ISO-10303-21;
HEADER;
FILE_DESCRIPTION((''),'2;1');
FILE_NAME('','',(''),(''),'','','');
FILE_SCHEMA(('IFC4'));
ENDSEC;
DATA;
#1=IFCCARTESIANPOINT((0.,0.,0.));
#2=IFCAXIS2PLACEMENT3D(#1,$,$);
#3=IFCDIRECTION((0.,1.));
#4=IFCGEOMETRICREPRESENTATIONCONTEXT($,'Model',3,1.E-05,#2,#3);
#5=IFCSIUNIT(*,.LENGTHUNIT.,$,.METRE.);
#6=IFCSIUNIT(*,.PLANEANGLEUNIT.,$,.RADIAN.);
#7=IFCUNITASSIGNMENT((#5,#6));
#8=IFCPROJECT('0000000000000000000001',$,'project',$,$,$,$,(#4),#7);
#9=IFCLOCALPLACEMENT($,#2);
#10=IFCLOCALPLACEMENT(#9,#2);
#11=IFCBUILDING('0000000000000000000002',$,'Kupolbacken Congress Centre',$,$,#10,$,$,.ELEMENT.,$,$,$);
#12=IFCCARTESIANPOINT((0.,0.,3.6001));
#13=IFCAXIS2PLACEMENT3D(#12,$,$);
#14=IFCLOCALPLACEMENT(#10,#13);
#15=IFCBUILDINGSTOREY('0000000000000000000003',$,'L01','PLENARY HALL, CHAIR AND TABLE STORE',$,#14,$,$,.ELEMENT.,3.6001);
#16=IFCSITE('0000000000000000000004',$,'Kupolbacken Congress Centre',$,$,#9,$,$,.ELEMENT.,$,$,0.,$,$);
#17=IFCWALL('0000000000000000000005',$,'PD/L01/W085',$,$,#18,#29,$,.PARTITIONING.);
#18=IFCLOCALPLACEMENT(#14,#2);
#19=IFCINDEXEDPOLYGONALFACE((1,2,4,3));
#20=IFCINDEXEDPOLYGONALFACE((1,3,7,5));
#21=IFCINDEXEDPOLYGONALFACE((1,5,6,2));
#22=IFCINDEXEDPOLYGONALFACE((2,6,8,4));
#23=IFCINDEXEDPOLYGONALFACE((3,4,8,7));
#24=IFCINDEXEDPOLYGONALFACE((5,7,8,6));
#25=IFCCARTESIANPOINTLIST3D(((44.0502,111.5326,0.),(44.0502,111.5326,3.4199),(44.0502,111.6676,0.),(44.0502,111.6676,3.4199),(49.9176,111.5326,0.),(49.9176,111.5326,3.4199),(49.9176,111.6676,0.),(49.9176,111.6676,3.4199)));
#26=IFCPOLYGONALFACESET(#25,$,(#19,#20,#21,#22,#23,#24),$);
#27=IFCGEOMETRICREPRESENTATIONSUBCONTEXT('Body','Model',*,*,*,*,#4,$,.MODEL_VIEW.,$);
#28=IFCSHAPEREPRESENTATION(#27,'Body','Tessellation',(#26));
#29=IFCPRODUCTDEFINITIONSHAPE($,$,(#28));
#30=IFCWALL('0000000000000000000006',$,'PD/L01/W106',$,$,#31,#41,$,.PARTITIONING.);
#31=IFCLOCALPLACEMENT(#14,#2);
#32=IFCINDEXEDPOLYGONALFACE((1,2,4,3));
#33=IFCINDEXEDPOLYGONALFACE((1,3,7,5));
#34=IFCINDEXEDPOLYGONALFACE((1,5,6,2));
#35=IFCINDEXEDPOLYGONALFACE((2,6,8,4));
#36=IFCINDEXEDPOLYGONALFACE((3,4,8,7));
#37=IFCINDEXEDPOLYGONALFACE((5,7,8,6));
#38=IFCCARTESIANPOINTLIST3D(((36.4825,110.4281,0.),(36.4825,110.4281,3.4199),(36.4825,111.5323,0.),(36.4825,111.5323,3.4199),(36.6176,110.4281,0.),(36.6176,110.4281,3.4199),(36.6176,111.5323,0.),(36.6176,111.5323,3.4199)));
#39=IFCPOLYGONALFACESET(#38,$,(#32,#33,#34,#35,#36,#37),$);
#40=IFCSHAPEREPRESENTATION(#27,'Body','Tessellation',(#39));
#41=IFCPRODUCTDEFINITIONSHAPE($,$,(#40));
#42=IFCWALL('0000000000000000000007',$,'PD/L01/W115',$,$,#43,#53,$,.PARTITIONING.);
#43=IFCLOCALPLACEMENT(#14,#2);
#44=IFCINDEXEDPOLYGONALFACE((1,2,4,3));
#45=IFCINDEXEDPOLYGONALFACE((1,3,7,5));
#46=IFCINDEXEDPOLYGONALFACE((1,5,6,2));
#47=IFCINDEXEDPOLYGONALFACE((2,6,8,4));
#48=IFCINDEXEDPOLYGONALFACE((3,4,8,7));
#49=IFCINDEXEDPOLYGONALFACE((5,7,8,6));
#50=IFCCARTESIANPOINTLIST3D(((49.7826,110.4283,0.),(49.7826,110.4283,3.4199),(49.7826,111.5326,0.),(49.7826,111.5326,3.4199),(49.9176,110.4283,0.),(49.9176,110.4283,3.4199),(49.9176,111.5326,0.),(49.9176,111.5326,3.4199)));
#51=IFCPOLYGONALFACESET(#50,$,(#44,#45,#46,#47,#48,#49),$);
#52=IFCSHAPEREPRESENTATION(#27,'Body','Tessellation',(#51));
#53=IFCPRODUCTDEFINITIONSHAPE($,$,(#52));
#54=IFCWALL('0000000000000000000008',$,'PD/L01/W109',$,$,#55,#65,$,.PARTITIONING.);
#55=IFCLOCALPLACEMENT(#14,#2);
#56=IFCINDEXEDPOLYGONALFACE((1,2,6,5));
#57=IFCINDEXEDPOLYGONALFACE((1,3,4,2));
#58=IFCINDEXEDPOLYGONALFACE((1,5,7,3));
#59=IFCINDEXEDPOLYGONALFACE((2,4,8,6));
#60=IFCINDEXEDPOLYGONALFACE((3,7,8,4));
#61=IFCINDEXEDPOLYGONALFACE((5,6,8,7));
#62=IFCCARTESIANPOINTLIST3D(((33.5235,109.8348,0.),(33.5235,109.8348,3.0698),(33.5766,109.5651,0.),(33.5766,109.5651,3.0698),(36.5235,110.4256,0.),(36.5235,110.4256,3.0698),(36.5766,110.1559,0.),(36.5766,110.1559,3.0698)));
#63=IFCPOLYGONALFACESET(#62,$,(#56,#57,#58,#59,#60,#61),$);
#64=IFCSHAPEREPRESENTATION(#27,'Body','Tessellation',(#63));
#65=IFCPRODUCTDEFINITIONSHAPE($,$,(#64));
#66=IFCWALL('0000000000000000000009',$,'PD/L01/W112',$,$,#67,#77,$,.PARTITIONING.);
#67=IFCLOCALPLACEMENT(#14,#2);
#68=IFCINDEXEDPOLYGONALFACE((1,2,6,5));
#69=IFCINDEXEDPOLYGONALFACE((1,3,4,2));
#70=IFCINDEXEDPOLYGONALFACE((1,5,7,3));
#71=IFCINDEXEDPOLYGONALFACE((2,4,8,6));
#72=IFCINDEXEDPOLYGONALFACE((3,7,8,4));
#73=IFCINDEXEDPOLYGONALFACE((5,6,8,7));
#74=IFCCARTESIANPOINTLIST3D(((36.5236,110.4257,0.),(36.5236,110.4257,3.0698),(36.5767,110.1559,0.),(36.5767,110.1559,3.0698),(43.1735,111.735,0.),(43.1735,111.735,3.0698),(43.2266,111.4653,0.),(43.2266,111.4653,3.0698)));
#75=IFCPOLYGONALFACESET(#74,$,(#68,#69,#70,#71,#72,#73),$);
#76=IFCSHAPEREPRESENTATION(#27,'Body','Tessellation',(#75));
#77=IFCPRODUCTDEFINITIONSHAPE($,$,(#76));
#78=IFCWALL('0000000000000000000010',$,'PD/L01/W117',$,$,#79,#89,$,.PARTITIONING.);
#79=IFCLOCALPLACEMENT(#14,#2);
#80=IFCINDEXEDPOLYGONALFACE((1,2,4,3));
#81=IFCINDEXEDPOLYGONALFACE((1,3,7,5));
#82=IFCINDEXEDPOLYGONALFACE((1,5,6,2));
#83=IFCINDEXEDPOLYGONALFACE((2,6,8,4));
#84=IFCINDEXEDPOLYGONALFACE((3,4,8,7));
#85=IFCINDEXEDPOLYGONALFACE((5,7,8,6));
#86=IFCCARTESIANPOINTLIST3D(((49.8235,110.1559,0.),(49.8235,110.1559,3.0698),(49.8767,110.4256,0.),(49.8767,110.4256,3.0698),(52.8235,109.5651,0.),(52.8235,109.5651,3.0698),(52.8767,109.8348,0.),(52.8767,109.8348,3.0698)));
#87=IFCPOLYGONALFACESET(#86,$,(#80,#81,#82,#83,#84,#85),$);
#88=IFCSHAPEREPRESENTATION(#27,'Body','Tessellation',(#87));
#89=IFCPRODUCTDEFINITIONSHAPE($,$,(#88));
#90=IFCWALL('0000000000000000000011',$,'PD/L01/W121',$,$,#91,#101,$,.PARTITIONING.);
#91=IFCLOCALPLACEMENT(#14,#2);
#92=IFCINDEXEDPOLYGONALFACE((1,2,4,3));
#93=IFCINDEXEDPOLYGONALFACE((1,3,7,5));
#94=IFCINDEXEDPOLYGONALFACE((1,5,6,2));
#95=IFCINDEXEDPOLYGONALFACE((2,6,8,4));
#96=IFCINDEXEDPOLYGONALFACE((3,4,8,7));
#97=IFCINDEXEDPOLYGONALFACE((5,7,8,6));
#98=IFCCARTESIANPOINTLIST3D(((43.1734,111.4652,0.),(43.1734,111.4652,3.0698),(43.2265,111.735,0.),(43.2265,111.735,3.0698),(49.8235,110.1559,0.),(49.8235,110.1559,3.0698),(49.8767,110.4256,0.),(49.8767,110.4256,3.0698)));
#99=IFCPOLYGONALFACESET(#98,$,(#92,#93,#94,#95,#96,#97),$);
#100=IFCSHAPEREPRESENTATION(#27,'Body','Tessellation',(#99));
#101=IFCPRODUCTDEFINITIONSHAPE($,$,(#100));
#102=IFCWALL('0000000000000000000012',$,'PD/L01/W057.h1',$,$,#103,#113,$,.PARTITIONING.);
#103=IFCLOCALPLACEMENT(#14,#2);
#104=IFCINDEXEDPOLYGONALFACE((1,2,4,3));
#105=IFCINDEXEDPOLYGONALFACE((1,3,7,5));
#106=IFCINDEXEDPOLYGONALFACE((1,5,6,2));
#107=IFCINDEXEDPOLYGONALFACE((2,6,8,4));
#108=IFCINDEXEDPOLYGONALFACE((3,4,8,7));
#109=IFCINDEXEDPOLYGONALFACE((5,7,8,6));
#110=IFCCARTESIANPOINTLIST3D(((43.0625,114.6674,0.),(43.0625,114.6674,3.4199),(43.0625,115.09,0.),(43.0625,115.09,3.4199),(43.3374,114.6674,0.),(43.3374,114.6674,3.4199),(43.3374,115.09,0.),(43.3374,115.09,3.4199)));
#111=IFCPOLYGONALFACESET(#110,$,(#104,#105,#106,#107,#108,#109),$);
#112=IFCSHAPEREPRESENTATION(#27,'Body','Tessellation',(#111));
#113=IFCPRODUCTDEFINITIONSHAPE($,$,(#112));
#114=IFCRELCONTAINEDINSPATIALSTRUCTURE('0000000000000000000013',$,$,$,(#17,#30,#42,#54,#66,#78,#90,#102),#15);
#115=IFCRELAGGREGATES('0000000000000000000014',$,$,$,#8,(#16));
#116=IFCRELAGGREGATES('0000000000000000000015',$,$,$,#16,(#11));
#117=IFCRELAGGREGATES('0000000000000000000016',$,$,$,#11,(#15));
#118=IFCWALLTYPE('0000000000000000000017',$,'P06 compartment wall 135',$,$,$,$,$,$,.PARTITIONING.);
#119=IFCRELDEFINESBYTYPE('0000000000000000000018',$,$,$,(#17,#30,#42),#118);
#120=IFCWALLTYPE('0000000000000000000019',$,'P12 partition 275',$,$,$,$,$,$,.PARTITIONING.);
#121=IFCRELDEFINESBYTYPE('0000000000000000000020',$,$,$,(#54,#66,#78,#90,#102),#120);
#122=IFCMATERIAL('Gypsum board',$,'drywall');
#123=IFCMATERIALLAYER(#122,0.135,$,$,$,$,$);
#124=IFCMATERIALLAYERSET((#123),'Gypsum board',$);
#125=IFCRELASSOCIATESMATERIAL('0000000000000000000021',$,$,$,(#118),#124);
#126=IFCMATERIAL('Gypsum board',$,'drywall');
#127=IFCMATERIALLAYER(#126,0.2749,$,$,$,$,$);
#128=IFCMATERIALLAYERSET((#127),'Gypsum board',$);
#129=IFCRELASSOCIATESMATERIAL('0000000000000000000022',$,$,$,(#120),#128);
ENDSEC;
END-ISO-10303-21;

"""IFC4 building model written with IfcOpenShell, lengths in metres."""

from ifc_helpers import new_model, si_unit, direction, frame, frame_2d, origin, place, context, subcontext, project, spatial, rectangle, extrude, material, layer, layer_set, type_object, element, save


model = new_model("IFC4")

# Units and contexts
model_context = context("Model", 3, precision=1e-05, world=origin(), true_north=direction((0.0, 1.0)))
body_context = subcontext(model_context, "Body", "Model", "MODEL_VIEW")
ifc_project = project(units=[si_unit("LENGTHUNIT", "METRE"), si_unit("PLANEANGLEUNIT", "RADIAN")], contexts=[model_context])

# Site, building, storey
site_placement = place(None, origin())
site = spatial("IfcSite", under=ifc_project, at=site_placement, Name="Kupolbacken Congress Centre", CompositionType="ELEMENT", RefElevation=0.0)
building_placement = place(site_placement, origin())
building = spatial("IfcBuilding", under=site, at=building_placement, Name="Kupolbacken Congress Centre", CompositionType="ELEMENT")
storey_placement = place(building_placement, frame((0.0, 0.0, 3.6001)))
storey = spatial("IfcBuildingStorey", under=building, at=storey_placement, Name="L01", Description="PLENARY HALL, CHAIR AND TABLE STORE", CompositionType="ELEMENT", Elevation=3.6001)

# Shared definitions
ifc_material_1 = material(Name="Gypsum board", Category="drywall")
ifc_layer_1 = layer(ifc_material_1, 0.135)
ifc_layer_set_1 = layer_set([ifc_layer_1], Name="Gypsum board")
wall_type_1 = type_object("IfcWallType", Name="P06 compartment wall 135", PredefinedType="PARTITIONING", material=ifc_layer_set_1)

# Walls
wall_1_placement = place(storey_placement, frame((49.9175, 111.6001, 0.0), z_axis=(0.0, 0.0, 1.0), x_axis=(-1.0, 0.0, 0.0)))
element("IfcWall", 1, at=wall_1_placement, inside=storey, type_object=wall_type_1, Name="PD/L01/W085", PredefinedType="PARTITIONING", context=body_context, shape_type="SweptSolid", body=[
    extrude(rectangle(XDim=5.8674, YDim=0.135, at=frame_2d((2.9336, 0.0))), origin(), (0.0, 0.0, 1.0), 3.4199),
])
for number, where, z_axis, x_axis, name in (
    (2, (36.55, 111.5325, 0.0), (0.0, 0.0, 1.0), (0.0, -1.0, 0.0), "PD/L01/W106"),
    (3, (49.8501, 110.4282, 0.0), (0.0, 0.0, 1.0), (0.0, 1.0, 0.0), "PD/L01/W115"),
):
    element("IfcWall", number, at=place(storey_placement, frame(where, z_axis=z_axis, x_axis=x_axis)), inside=storey, type_object=wall_type_1, Name=name, PredefinedType="PARTITIONING", context=body_context, shape_type="SweptSolid", body=[
        extrude(rectangle(XDim=1.1042, YDim=0.135, at=frame_2d((0.5522, 0.0))), origin(), (0.0, 0.0, 1.0), 3.4199),
    ])
ifc_material_2 = material(Name="Gypsum board", Category="drywall")
ifc_layer_2 = layer(ifc_material_2, 0.2749)
ifc_layer_set_2 = layer_set([ifc_layer_2], Name="Gypsum board")
wall_type_2 = type_object("IfcWallType", Name="P12 partition 275", PredefinedType="PARTITIONING", material=ifc_layer_set_2)
wall_2_placement = place(storey_placement, frame((36.55, 110.2908, 0.0), z_axis=(0.0, 0.0, 1.0), x_axis=(-0.981154, -0.193229, 0.0)))
element("IfcWall", 4, at=wall_2_placement, inside=storey, type_object=wall_type_2, Name="PD/L01/W109", PredefinedType="PARTITIONING", context=body_context, shape_type="SweptSolid", body=[
    extrude(rectangle(XDim=3.0576, YDim=0.2749, at=frame_2d((1.5288, 0.0))), origin(), (0.0, 0.0, 1.0), 3.0698),
])
wall_3_placement = place(storey_placement, frame((43.2, 111.6001, 0.0), z_axis=(0.0, 0.0, 1.0), x_axis=(-0.981162, -0.193185, 0.0)))
element("IfcWall", 5, at=wall_3_placement, inside=storey, type_object=wall_type_2, Name="PD/L01/W112", PredefinedType="PARTITIONING", context=body_context, shape_type="SweptSolid", body=[
    extrude(rectangle(XDim=6.7776, YDim=0.2749, at=frame_2d((3.3887, 0.0))), origin(), (0.0, 0.0, 1.0), 3.0698),
])
wall_4_placement = place(storey_placement, frame((52.8501, 109.7, 0.0), z_axis=(0.0, 0.0, 1.0), x_axis=(-0.981154, 0.193229, 0.0)))
element("IfcWall", 6, at=wall_4_placement, inside=storey, type_object=wall_type_2, Name="PD/L01/W117", PredefinedType="PARTITIONING", context=body_context, shape_type="SweptSolid", body=[
    extrude(rectangle(XDim=3.0576, YDim=0.2749, at=frame_2d((1.5288, 0.0))), origin(), (0.0, 0.0, 1.0), 3.0698),
])
wall_5_placement = place(storey_placement, frame((49.8501, 110.2908, 0.0), z_axis=(0.0, 0.0, 1.0), x_axis=(-0.981164, 0.193178, 0.0)))
element("IfcWall", 7, at=wall_5_placement, inside=storey, type_object=wall_type_2, Name="PD/L01/W121", PredefinedType="PARTITIONING", context=body_context, shape_type="SweptSolid", body=[
    extrude(rectangle(XDim=6.7778, YDim=0.2749, at=frame_2d((3.3889, 0.0))), origin(), (0.0, 0.0, 1.0), 3.0698),
])
wall_6_placement = place(storey_placement, frame((43.2, 115.0901, 0.0), z_axis=(0.0, 0.0, 1.0), x_axis=(0.0, -1.0, 0.0)))
element("IfcWall", 8, at=wall_6_placement, inside=storey, type_object=wall_type_2, Name="PD/L01/W057.h1", PredefinedType="PARTITIONING", context=body_context, shape_type="SweptSolid", body=[
    extrude(rectangle(XDim=0.4226, YDim=0.2749, at=frame_2d((0.2114, 0.0))), origin(), (0.0, 0.0, 1.0), 3.4199),
])

save(model, "model.ifc")
